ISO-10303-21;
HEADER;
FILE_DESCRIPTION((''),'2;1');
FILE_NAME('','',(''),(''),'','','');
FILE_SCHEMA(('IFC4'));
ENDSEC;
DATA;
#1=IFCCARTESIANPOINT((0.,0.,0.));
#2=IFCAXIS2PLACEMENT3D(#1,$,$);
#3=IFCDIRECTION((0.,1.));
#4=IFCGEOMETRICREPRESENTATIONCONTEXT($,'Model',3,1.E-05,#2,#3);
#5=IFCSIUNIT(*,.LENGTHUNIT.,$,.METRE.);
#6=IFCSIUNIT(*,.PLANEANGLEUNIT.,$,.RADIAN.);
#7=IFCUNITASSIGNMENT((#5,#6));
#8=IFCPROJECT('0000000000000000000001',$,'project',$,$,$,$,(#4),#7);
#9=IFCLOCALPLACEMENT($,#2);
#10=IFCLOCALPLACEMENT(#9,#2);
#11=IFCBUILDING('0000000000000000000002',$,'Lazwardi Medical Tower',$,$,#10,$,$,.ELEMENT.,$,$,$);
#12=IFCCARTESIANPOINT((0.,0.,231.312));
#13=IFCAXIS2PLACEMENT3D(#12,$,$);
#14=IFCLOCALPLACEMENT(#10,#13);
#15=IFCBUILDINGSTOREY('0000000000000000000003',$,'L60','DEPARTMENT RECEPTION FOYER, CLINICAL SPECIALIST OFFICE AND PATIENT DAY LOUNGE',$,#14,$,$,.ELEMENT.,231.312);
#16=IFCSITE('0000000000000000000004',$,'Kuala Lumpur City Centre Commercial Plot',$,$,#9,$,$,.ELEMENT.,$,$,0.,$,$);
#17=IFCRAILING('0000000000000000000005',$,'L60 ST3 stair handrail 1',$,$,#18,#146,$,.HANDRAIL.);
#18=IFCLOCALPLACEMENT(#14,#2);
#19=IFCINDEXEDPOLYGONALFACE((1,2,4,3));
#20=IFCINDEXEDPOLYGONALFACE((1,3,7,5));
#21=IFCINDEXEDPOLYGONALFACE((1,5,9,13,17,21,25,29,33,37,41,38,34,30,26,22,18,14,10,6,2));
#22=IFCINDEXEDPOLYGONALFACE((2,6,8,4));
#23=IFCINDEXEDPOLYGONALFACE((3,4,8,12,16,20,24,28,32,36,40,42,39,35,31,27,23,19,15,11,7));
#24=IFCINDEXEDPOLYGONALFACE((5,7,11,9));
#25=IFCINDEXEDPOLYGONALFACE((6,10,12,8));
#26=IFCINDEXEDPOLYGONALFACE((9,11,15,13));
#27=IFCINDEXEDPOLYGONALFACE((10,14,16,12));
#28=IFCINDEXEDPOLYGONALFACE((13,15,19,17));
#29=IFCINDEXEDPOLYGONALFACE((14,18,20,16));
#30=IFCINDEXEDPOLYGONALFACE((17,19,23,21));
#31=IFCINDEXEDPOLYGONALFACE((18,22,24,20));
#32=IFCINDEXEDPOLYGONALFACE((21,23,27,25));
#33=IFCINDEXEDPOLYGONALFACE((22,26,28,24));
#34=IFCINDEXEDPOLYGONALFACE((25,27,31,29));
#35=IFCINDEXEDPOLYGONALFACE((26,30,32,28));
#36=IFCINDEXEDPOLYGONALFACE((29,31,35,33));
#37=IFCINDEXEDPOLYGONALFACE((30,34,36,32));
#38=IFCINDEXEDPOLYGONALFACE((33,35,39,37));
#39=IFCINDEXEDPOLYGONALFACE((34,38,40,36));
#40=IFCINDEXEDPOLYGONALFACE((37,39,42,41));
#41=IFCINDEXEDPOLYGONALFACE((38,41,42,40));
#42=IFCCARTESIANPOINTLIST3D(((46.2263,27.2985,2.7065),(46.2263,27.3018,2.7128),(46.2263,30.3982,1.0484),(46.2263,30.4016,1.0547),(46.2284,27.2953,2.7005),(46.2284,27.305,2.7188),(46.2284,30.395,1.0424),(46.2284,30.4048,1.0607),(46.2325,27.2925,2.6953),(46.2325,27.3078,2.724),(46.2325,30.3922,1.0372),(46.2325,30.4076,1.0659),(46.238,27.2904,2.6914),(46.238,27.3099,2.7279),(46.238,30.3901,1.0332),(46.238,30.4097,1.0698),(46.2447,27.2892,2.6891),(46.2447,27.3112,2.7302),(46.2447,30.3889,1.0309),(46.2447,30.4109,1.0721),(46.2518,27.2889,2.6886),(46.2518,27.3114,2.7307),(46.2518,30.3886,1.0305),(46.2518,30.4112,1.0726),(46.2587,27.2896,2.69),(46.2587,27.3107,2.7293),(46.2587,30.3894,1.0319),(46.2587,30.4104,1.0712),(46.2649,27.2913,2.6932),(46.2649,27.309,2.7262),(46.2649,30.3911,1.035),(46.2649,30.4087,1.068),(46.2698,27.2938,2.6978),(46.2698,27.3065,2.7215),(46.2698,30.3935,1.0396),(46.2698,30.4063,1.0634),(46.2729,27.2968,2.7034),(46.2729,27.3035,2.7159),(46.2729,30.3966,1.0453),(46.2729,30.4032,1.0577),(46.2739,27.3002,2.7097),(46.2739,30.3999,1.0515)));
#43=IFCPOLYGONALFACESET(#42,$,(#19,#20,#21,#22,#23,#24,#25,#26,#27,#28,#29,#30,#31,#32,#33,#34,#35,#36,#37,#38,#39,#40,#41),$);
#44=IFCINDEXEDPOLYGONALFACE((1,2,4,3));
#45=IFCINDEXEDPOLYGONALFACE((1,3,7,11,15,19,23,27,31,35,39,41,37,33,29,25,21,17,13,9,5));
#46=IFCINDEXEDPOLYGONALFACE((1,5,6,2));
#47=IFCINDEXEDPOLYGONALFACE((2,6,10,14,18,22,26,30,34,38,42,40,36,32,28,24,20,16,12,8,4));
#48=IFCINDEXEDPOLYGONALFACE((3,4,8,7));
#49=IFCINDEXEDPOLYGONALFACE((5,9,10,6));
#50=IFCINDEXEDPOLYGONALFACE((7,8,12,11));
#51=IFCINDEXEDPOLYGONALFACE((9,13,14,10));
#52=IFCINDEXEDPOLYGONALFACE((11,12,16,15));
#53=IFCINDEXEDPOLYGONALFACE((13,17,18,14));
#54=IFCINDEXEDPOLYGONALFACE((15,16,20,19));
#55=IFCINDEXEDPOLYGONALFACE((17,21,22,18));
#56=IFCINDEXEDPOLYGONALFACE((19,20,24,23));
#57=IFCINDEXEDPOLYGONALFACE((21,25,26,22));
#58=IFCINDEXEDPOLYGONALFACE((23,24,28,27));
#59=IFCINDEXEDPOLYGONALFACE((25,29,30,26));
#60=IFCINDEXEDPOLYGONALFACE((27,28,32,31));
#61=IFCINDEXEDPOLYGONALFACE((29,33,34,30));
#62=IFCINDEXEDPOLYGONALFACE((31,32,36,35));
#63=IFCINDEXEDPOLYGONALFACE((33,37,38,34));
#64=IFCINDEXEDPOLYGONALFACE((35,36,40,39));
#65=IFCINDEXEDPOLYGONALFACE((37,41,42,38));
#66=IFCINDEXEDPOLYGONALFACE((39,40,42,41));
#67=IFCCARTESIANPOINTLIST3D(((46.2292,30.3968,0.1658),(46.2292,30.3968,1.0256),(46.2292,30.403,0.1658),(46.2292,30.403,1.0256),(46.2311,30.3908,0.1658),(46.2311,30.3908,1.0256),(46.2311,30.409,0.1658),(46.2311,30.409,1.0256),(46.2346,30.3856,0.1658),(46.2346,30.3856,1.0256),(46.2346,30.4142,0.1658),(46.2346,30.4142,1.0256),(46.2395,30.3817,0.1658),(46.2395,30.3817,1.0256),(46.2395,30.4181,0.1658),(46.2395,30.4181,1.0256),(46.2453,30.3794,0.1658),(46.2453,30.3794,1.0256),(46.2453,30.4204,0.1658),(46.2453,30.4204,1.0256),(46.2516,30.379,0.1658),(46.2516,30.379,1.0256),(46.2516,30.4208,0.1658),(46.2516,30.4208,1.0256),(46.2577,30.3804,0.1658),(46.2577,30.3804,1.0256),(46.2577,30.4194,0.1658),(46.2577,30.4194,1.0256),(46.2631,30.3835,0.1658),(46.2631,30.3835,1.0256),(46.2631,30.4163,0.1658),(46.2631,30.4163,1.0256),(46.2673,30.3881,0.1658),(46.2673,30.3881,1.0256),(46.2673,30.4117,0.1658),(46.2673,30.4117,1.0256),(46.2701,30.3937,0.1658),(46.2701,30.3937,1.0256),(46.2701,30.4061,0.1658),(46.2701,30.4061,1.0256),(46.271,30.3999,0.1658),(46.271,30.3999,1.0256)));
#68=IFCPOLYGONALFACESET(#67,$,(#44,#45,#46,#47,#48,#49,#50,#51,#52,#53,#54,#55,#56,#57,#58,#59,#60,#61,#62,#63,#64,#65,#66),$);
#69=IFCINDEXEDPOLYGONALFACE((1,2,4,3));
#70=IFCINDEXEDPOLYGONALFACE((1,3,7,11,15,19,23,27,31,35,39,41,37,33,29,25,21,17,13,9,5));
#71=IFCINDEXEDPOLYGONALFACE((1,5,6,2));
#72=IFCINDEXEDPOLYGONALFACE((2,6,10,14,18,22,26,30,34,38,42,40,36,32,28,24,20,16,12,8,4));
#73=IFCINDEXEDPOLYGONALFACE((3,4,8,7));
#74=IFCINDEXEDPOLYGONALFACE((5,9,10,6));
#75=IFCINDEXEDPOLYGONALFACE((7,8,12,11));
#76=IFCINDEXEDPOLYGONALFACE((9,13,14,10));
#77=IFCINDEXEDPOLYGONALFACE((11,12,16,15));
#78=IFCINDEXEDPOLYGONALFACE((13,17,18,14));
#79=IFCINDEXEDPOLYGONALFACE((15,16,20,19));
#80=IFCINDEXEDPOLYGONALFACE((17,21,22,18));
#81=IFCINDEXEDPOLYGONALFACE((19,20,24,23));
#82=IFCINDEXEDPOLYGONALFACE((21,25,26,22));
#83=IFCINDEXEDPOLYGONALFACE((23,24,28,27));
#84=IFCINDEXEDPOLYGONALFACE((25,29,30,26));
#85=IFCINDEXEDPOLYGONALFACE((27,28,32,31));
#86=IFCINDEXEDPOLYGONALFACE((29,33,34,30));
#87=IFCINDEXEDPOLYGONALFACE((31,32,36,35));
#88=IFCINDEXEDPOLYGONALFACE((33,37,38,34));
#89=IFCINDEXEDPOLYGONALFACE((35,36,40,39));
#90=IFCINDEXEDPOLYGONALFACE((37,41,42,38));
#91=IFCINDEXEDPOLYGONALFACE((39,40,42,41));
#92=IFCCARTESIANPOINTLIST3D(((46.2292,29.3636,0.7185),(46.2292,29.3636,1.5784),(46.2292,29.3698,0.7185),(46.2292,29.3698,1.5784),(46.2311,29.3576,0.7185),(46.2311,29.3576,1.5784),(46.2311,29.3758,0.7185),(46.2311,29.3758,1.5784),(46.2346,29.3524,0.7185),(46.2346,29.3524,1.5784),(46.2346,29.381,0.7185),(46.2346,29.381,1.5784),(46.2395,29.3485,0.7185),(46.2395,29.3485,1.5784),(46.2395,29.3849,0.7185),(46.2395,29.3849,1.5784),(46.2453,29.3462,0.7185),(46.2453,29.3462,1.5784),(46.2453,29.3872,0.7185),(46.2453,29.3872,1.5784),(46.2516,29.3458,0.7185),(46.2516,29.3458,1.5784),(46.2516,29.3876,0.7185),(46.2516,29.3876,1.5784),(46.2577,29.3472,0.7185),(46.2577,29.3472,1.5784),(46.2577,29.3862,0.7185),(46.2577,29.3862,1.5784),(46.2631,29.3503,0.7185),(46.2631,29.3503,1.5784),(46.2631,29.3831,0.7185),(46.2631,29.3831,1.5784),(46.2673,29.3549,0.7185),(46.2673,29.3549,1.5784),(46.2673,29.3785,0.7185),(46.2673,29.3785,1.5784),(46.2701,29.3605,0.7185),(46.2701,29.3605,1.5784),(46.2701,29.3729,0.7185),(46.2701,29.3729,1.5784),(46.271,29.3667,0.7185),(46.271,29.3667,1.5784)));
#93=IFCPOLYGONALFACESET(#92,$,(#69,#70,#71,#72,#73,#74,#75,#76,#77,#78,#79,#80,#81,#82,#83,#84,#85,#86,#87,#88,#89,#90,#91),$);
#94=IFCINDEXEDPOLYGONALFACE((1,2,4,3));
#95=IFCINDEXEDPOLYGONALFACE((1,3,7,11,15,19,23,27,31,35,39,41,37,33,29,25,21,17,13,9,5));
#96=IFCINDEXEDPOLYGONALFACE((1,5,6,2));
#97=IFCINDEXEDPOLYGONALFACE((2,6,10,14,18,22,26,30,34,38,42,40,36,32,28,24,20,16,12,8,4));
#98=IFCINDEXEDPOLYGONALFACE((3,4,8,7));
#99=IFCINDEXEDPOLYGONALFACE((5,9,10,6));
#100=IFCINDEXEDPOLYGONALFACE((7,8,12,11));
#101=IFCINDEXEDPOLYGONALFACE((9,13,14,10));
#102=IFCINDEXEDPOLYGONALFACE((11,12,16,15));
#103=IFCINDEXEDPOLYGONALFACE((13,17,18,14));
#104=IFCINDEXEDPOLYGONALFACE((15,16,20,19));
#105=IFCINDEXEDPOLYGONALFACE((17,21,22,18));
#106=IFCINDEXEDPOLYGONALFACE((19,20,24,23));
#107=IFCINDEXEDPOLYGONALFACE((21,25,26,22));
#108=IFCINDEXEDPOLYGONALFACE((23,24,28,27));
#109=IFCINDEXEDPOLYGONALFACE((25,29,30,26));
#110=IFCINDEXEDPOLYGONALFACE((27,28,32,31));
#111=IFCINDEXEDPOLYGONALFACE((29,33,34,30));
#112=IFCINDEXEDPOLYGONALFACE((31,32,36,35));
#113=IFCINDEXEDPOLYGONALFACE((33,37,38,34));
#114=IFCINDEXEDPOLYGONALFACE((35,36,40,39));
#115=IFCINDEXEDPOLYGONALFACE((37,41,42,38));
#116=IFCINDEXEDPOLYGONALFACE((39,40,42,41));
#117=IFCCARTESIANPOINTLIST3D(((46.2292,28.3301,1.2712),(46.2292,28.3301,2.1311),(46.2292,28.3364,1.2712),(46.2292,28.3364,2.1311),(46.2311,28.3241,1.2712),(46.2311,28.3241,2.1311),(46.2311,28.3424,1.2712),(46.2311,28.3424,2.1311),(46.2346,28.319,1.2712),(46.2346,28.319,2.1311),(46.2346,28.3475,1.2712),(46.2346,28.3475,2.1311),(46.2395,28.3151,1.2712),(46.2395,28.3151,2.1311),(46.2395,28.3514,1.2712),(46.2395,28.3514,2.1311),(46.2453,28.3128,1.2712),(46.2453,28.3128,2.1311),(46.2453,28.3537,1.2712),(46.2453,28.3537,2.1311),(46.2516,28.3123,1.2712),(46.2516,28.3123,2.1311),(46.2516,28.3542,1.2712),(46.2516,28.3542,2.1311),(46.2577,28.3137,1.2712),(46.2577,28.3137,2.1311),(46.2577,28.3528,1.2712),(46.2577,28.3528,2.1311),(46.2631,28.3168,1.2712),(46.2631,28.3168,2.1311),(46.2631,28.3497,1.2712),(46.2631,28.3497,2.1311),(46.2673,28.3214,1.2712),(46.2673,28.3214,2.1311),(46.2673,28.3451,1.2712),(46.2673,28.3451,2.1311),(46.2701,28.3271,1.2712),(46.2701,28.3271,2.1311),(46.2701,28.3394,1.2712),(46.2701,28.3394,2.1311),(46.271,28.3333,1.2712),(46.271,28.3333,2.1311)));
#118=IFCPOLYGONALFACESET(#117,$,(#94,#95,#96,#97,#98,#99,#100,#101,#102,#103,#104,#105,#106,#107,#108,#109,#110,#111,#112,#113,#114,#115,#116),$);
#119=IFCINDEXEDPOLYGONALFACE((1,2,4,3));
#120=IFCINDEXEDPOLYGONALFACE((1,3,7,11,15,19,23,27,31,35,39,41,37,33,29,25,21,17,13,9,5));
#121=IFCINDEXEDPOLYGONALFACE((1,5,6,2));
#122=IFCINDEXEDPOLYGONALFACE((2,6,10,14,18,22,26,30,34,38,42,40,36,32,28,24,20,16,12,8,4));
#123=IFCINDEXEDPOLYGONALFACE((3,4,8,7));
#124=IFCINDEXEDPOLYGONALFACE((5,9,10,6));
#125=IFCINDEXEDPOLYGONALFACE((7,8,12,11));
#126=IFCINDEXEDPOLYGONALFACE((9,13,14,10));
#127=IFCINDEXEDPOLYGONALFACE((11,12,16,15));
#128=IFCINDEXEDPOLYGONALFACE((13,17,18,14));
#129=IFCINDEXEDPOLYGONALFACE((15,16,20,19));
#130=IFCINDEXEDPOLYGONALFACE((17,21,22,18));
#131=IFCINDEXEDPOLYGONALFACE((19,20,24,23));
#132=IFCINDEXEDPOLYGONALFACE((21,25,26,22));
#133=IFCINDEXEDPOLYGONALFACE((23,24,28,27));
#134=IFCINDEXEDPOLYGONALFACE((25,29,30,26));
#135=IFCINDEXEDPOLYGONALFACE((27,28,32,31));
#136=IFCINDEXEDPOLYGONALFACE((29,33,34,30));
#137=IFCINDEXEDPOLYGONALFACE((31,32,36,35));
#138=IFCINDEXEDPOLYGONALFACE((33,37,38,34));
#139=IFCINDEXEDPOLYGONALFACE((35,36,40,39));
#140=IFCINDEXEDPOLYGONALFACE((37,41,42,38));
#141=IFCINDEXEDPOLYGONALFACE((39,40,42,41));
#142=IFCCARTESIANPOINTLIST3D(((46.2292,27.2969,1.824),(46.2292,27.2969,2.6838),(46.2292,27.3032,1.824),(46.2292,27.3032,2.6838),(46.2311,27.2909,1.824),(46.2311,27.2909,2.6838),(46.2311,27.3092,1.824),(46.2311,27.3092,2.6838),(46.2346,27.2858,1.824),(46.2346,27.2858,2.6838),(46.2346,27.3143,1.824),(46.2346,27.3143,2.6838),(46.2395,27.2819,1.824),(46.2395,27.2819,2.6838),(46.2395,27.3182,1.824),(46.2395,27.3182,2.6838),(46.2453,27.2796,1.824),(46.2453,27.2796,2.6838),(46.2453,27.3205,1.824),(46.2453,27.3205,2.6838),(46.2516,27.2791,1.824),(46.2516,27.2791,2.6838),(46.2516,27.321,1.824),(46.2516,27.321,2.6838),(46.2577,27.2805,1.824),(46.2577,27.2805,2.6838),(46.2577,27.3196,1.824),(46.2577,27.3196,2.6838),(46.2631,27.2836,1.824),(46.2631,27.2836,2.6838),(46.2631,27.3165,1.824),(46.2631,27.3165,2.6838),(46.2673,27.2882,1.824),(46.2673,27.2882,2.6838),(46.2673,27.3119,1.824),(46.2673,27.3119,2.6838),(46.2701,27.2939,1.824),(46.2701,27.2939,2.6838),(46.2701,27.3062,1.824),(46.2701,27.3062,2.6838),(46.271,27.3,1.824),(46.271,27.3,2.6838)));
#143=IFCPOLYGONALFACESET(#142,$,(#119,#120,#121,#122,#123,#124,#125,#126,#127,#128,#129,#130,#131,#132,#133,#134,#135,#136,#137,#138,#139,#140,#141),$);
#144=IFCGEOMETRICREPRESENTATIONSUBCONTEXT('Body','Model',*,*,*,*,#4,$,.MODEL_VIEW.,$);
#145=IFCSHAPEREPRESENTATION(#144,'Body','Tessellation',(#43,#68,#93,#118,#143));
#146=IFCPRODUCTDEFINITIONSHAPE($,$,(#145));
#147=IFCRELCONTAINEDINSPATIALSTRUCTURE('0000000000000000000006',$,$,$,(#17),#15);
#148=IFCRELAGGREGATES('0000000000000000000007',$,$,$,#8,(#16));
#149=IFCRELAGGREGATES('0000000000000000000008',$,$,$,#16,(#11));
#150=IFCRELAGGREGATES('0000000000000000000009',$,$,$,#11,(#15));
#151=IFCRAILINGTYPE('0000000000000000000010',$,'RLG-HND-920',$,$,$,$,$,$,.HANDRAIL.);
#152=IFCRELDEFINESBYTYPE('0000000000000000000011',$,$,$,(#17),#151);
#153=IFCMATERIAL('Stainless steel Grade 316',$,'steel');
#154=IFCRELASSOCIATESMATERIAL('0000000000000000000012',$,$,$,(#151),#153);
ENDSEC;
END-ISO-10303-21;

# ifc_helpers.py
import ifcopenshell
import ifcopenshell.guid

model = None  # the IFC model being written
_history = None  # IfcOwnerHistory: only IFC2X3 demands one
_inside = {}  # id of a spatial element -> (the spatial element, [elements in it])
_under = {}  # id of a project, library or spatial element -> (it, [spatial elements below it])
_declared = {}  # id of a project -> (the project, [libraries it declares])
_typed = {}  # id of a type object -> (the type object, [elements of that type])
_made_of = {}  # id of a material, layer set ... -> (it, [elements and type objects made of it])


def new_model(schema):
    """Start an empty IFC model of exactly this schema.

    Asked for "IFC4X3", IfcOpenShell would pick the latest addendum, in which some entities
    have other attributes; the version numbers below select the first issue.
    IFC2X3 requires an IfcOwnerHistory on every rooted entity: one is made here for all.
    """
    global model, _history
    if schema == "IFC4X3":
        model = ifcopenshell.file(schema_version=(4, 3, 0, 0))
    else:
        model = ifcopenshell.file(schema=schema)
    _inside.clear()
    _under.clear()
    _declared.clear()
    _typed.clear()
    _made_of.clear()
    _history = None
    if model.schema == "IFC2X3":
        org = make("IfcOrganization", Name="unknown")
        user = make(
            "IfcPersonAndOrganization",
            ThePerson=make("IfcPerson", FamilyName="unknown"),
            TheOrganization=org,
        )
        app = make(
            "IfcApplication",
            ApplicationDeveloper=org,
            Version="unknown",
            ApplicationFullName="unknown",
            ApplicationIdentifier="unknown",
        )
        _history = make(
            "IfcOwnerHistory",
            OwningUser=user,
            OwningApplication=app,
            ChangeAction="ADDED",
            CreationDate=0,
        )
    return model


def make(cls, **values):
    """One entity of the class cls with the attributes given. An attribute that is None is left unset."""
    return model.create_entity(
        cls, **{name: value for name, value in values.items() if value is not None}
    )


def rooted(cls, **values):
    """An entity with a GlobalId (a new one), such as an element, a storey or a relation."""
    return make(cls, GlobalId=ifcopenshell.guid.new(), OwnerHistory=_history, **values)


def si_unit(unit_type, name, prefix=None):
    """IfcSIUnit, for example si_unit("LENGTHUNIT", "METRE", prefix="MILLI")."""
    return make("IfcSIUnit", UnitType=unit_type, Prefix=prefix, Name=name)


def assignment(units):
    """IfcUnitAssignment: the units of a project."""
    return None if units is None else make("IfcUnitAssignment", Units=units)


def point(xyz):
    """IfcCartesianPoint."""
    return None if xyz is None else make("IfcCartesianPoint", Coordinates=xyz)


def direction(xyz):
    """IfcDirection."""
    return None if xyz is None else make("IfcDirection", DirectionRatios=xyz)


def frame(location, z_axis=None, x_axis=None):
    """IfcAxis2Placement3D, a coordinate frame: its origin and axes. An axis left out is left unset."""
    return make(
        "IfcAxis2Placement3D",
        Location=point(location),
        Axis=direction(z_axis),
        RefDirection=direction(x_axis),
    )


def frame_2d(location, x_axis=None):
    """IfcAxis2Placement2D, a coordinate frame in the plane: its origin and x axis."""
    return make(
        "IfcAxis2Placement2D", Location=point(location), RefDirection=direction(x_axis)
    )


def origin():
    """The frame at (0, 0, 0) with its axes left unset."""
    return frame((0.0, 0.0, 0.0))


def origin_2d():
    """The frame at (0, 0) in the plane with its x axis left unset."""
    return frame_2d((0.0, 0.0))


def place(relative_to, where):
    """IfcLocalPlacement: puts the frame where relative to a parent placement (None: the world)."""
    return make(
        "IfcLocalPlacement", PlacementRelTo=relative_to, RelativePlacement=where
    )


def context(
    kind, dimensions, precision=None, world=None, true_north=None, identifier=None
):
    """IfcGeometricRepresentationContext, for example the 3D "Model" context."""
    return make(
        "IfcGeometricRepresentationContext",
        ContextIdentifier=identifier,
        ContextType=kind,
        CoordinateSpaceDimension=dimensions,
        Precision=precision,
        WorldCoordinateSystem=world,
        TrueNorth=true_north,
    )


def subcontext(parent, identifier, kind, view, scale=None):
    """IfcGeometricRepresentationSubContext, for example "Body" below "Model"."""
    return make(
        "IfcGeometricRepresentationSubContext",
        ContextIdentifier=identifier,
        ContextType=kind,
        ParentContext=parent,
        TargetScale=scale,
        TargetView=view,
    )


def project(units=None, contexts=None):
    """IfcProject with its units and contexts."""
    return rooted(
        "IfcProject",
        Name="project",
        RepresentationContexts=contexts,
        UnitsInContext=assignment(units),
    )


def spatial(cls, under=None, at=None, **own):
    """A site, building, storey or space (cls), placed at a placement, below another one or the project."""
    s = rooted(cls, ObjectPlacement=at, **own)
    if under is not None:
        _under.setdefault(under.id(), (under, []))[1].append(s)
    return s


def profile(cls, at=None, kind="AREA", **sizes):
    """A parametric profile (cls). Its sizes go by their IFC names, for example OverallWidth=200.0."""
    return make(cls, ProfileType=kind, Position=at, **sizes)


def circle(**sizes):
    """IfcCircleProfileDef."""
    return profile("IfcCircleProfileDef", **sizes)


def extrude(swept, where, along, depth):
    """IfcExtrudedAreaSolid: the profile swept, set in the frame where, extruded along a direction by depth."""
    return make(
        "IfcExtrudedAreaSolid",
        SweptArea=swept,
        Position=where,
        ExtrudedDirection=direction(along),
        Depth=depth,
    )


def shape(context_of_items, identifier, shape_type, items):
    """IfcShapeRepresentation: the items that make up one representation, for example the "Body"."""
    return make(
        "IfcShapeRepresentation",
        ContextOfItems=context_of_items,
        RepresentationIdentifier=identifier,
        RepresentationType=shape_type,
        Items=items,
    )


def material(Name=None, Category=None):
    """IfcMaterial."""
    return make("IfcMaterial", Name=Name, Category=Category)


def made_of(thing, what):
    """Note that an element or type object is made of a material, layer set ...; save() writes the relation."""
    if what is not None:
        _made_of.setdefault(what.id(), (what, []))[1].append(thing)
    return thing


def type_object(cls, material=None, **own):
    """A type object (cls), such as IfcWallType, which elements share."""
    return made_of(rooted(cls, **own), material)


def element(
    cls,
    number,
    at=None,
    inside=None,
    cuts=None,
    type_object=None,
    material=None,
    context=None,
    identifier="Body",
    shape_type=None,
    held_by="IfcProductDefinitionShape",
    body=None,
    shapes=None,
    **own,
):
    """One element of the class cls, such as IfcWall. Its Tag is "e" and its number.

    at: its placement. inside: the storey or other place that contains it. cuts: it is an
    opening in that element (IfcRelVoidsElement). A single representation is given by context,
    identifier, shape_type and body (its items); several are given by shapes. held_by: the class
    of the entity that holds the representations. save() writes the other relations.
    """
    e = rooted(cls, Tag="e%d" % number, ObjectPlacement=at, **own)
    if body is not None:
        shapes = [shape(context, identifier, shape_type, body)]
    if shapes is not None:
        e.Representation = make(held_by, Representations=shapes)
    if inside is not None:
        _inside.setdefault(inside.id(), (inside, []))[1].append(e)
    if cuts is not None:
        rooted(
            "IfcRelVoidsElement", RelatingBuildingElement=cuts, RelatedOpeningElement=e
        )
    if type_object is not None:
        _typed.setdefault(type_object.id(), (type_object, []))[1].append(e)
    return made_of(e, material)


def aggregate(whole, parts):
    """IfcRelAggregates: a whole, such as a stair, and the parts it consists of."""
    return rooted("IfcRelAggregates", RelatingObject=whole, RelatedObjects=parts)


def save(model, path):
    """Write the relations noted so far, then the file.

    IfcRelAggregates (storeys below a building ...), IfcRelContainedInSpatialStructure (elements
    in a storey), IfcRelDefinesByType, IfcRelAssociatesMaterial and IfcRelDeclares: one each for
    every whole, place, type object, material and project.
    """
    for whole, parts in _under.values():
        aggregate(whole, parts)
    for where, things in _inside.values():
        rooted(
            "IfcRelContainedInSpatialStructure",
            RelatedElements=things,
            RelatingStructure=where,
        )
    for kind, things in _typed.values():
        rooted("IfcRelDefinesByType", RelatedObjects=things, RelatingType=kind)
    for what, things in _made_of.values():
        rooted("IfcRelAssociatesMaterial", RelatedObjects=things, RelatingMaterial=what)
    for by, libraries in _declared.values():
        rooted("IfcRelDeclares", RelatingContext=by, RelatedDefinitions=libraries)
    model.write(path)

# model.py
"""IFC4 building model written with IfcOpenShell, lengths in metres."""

from ifc_helpers import new_model, si_unit, direction, frame, origin, origin_2d, place, context, subcontext, project, spatial, circle, extrude, material, type_object, element, save


model = new_model("IFC4")

# Units and contexts
model_context = context("Model", 3, precision=1e-05, world=origin(), true_north=direction((0.0, 1.0)))
body_context = subcontext(model_context, "Body", "Model", "MODEL_VIEW")
ifc_project = project(units=[si_unit("LENGTHUNIT", "METRE"), si_unit("PLANEANGLEUNIT", "RADIAN")], contexts=[model_context])

# Site, building, storey
site_placement = place(None, origin())
site = spatial("IfcSite", under=ifc_project, at=site_placement, Name="Kuala Lumpur City Centre Commercial Plot", CompositionType="ELEMENT", RefElevation=0.0)
building_placement = place(site_placement, origin())
building = spatial("IfcBuilding", under=site, at=building_placement, Name="Lazwardi Medical Tower", CompositionType="ELEMENT")
storey_placement = place(building_placement, frame((0.0, 0.0, 231.312)))
storey = spatial("IfcBuildingStorey", under=building, at=storey_placement, Name="L60", Description="DEPARTMENT RECEPTION FOYER, CLINICAL SPECIALIST OFFICE AND PATIENT DAY LOUNGE", CompositionType="ELEMENT", Elevation=231.312)

# Railing
ifc_material_1 = material(Name="Stainless steel Grade 316", Category="steel")
railing_type = type_object("IfcRailingType", Name="RLG-HND-920", PredefinedType="HANDRAIL", material=ifc_material_1)
railing_1_placement = place(storey_placement, frame((46.25, 30.3999, 0.1658)))
element("IfcRailing", 1, at=railing_1_placement, inside=storey, type_object=railing_type, Name="L60 ST3 stair handrail 1", PredefinedType="HANDRAIL", context=body_context, shape_type="SweptSolid", body=[
    extrude(circle(Radius=0.0239, at=origin_2d()), frame((0.0, 0.0, 0.8857), z_axis=(0.0, -0.881768, 0.471684), x_axis=(1.0, 0.0, 0.0)), (0.0, 0.0, 1.0), 3.5154),
    extrude(circle(Radius=0.021, at=origin_2d()), origin(), (0.0, 0.0, 1.0), 0.8599),
    extrude(circle(Radius=0.021, at=origin_2d()), frame((0.0, -1.0332, 0.5527)), (0.0, 0.0, 1.0), 0.8599),
    extrude(circle(Radius=0.021, at=origin_2d()), frame((0.0, -2.0667, 1.1055)), (0.0, 0.0, 1.0), 0.8599),
    extrude(circle(Radius=0.021, at=origin_2d()), frame((0.0, -3.0999, 1.6582)), (0.0, 0.0, 1.0), 0.8599),
])

save(model, "model.ifc")
